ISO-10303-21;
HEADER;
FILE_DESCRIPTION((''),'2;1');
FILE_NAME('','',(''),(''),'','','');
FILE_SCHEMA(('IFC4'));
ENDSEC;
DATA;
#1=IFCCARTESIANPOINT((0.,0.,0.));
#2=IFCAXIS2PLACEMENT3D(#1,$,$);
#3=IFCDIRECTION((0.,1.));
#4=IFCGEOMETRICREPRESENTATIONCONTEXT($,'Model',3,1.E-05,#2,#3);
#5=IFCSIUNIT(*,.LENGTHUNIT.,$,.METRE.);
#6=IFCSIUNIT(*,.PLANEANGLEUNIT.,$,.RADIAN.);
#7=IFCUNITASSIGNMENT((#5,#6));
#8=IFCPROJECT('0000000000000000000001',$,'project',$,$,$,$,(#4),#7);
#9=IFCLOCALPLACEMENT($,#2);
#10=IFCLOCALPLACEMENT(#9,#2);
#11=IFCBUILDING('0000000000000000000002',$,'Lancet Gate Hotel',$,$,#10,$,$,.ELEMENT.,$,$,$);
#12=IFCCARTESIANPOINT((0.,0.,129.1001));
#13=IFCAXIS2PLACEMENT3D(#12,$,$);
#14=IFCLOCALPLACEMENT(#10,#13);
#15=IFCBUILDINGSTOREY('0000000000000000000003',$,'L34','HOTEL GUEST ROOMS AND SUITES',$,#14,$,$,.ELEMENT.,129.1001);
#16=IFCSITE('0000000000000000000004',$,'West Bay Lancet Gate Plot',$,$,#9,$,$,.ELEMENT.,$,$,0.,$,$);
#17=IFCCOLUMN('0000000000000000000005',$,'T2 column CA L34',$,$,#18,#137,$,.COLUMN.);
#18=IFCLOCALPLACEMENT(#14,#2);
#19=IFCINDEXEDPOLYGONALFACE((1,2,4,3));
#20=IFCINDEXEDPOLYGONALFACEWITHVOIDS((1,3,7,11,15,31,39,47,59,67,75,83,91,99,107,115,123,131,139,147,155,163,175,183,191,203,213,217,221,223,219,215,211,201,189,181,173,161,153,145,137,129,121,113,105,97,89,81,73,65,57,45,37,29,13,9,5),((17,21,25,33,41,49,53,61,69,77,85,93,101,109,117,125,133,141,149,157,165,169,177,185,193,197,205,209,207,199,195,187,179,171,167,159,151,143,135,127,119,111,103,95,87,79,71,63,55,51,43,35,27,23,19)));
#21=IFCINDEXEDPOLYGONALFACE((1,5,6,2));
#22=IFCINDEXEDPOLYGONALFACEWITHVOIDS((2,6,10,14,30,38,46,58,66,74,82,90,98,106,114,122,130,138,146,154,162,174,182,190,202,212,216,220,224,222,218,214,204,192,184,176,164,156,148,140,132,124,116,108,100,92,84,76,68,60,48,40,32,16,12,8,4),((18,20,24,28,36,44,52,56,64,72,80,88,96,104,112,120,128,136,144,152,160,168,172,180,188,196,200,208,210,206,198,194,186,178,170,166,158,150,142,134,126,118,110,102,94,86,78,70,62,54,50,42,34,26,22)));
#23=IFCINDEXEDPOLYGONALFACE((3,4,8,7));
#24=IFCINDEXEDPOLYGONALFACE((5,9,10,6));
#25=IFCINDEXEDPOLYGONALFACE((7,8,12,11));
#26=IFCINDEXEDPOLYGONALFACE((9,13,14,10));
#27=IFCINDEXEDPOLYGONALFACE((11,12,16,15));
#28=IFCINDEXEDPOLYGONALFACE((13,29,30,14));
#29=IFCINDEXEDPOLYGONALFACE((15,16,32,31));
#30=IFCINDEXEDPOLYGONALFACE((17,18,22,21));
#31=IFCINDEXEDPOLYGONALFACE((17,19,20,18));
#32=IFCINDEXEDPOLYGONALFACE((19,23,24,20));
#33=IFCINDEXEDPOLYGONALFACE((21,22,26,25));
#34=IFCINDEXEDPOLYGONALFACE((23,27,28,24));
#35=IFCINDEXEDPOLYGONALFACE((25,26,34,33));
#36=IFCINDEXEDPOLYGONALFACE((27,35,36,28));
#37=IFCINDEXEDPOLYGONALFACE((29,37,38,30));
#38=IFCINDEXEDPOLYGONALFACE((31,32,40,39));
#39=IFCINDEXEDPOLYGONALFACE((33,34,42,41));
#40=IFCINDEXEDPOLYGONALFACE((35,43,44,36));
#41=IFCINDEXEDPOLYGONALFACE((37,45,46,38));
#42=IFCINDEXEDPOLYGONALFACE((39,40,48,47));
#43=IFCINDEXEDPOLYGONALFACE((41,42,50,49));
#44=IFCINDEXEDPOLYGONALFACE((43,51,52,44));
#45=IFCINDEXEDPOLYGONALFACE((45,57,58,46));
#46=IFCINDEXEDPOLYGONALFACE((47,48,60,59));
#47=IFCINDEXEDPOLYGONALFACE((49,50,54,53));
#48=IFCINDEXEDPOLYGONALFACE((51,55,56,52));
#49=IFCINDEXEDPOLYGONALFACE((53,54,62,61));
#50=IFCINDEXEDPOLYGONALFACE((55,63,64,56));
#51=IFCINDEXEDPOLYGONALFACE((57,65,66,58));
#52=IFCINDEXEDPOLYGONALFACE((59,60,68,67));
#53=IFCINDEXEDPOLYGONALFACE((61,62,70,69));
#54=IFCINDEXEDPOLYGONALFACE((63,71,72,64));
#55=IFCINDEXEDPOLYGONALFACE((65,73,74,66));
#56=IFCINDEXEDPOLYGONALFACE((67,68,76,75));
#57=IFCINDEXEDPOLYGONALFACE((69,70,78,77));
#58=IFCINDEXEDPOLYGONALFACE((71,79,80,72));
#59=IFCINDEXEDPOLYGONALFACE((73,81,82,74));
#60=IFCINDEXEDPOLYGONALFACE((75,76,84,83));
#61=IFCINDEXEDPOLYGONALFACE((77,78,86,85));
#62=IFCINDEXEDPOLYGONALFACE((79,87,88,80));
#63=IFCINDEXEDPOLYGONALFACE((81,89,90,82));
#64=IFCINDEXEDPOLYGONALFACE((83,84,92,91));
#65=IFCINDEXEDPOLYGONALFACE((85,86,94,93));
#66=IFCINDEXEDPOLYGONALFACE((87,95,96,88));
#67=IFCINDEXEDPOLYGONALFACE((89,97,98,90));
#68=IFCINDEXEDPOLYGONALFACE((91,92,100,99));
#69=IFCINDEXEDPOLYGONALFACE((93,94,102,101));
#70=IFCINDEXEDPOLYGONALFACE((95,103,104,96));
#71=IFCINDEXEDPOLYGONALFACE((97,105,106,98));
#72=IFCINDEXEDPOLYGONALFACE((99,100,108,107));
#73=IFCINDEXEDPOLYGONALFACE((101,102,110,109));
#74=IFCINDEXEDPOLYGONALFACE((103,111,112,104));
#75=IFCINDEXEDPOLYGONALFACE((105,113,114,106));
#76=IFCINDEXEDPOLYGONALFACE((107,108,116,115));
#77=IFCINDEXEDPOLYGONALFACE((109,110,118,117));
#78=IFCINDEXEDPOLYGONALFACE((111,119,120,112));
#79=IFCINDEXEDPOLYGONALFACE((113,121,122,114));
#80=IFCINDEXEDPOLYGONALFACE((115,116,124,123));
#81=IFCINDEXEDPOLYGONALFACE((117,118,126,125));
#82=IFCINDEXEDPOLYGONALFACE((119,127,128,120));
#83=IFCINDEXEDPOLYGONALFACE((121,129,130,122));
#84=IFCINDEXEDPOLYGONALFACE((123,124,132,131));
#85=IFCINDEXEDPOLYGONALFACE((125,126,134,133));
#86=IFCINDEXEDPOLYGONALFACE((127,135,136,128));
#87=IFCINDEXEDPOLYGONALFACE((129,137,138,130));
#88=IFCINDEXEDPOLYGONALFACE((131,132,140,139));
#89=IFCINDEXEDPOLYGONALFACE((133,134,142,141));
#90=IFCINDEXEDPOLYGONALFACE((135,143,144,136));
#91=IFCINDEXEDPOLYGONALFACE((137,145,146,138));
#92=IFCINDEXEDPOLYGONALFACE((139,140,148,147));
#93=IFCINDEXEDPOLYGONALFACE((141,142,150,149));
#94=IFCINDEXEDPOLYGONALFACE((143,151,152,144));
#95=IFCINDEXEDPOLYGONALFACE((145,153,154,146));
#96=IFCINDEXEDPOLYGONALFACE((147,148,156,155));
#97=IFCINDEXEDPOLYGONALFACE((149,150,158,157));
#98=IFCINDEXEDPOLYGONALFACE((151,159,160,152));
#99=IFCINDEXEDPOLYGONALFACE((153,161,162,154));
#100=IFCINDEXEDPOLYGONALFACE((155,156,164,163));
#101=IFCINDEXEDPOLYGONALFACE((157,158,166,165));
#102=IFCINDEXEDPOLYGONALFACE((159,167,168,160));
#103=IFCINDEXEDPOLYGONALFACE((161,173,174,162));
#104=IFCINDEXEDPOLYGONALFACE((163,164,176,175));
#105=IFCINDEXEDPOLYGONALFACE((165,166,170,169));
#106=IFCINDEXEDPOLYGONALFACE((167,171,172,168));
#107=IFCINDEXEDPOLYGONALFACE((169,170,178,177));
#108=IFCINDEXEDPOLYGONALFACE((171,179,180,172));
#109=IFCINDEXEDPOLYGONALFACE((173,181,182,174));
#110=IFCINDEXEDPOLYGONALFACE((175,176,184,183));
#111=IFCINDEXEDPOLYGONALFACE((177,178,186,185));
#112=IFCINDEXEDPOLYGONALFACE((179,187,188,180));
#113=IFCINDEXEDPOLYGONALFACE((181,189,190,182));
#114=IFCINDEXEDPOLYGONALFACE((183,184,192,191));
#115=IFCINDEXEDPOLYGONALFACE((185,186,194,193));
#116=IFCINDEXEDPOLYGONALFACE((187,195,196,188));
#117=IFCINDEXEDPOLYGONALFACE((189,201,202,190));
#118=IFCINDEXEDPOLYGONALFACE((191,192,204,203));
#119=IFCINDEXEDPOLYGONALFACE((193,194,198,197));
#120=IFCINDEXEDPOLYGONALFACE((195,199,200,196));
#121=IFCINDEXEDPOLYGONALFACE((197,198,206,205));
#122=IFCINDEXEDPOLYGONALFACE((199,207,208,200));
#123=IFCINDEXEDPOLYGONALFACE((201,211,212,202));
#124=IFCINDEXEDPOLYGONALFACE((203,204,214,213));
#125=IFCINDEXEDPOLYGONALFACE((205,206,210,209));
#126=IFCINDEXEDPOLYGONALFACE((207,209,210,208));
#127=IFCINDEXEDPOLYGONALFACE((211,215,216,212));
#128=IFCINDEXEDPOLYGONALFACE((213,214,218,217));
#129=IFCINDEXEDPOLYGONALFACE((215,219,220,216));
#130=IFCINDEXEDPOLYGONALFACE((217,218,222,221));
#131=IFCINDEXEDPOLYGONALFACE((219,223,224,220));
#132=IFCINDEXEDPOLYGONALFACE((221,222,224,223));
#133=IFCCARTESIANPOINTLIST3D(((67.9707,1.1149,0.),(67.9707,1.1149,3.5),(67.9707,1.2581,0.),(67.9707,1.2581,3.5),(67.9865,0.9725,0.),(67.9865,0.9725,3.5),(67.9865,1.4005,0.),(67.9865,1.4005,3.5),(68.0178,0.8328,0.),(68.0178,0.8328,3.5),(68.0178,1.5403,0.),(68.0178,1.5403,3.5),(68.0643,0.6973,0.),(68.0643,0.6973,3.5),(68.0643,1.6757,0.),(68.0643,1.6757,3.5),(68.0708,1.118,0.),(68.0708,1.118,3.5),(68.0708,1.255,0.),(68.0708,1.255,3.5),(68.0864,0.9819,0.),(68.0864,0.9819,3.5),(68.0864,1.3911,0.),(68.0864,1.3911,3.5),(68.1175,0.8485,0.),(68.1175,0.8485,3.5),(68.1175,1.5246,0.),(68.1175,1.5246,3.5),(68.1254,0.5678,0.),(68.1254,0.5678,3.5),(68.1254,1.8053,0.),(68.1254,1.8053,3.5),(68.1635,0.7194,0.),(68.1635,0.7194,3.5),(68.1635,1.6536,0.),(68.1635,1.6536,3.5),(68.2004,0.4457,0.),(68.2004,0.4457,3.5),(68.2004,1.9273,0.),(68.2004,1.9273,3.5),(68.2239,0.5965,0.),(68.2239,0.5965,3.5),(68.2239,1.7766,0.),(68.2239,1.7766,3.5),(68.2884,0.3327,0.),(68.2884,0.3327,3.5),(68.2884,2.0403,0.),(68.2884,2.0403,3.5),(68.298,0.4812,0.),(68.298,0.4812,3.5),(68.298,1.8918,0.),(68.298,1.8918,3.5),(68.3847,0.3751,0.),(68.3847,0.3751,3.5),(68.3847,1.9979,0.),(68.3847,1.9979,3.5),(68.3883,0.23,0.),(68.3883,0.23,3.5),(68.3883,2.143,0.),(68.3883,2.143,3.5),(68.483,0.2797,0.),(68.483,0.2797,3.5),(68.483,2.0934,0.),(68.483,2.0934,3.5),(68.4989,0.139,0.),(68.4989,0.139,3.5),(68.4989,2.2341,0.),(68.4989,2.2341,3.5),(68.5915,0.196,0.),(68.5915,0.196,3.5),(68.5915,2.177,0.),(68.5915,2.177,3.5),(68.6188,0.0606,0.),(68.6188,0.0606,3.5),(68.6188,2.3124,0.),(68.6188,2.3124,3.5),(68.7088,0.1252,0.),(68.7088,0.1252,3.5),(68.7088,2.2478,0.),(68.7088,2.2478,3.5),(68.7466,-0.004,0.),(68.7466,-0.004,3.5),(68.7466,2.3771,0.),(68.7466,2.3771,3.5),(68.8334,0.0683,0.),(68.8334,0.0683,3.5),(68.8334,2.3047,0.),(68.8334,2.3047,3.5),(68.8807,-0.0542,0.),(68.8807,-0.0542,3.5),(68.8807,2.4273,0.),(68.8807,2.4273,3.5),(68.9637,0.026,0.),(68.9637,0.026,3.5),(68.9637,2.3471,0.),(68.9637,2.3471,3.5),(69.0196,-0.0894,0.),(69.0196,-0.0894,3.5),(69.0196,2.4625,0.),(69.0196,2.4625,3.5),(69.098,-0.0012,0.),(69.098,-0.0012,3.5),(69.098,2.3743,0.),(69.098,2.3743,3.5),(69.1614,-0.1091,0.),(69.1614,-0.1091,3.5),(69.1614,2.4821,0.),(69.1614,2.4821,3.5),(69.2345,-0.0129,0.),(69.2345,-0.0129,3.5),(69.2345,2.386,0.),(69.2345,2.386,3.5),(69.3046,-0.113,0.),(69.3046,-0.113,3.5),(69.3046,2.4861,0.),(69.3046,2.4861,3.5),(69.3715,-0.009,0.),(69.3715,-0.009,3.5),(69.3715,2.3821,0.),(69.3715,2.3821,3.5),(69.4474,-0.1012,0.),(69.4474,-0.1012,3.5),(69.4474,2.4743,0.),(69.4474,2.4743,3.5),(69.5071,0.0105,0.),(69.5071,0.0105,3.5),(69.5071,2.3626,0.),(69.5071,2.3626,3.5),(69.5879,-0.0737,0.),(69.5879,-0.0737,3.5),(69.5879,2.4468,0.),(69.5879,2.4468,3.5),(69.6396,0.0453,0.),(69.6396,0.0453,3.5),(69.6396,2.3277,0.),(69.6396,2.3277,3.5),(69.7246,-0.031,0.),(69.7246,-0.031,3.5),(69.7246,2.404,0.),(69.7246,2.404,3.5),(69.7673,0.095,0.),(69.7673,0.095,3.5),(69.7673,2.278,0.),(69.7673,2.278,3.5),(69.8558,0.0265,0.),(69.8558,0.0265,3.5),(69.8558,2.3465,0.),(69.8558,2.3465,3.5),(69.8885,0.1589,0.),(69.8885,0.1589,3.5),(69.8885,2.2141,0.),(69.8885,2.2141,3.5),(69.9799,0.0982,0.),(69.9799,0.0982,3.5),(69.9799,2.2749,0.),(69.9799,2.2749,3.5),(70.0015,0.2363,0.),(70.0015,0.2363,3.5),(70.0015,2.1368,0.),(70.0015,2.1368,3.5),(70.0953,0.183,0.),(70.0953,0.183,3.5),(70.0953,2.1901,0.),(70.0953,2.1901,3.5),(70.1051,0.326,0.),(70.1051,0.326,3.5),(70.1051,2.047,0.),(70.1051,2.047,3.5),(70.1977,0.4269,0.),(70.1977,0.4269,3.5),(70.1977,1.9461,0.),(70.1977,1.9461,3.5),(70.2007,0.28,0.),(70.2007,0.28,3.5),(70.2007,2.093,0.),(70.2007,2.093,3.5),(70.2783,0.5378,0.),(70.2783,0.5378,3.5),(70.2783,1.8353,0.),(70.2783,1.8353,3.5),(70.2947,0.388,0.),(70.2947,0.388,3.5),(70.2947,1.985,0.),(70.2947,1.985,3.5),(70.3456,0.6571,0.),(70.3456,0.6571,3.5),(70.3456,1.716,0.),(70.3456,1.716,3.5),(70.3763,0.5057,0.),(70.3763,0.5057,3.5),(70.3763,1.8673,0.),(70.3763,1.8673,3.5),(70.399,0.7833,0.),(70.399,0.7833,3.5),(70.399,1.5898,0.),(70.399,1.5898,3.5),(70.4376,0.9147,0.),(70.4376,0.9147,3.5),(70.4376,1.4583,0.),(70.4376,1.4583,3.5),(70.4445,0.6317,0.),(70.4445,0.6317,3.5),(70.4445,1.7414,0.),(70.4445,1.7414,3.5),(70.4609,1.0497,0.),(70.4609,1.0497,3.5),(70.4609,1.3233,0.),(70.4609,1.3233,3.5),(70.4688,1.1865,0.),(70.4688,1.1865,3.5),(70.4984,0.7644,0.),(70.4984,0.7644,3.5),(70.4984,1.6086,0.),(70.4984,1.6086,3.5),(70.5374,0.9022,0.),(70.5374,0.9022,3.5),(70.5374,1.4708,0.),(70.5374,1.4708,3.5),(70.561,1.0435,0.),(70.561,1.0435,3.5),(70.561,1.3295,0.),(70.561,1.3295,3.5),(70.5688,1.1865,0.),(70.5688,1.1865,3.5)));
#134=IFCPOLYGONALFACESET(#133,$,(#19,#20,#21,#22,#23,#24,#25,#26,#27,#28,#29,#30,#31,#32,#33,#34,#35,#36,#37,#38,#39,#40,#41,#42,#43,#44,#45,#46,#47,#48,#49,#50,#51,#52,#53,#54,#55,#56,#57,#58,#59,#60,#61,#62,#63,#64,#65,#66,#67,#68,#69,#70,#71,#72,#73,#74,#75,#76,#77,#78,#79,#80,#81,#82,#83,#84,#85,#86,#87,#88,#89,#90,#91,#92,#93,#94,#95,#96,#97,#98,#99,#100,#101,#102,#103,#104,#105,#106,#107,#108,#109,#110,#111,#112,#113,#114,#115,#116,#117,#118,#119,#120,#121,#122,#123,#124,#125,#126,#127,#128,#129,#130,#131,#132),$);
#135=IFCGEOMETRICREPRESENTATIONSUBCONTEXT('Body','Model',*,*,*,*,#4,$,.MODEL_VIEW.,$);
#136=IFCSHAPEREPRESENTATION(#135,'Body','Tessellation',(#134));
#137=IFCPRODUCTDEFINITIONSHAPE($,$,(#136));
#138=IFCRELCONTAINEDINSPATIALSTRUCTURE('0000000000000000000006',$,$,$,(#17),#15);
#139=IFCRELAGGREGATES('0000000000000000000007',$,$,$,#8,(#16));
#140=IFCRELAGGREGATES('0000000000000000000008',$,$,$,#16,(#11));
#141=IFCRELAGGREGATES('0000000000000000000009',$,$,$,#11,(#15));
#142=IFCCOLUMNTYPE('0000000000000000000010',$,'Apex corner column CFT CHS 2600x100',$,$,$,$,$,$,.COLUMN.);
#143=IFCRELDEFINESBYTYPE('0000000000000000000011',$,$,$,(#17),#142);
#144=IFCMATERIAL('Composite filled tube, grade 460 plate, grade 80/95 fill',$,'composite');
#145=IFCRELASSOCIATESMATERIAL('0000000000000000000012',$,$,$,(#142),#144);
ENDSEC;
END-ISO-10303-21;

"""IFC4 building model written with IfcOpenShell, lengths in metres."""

from ifc_helpers import new_model, si_unit, direction, frame, origin, origin_2d, place, context, subcontext, project, spatial, hollow_circle, extrude, material, material_profile, profile_set, type_object, element, save


model = new_model("IFC4")

# Units and contexts
model_context = context("Model", 3, precision=1e-05, world=origin(), true_north=direction((0.0, 1.0)))
body_context = subcontext(model_context, "Body", "Model", "MODEL_VIEW")
ifc_project = project(units=[si_unit("LENGTHUNIT", "METRE"), si_unit("PLANEANGLEUNIT", "RADIAN")], contexts=[model_context])

# Site, building, storey
site_placement = place(None, origin())
site = spatial("IfcSite", under=ifc_project, at=site_placement, Name="West Bay Lancet Gate Plot", CompositionType="ELEMENT", RefElevation=0.0)
building_placement = place(site_placement, origin())
building = spatial("IfcBuilding", under=site, at=building_placement, Name="Lancet Gate Hotel", CompositionType="ELEMENT")
storey_placement = place(building_placement, frame((0.0, 0.0, 129.1001)))
storey = spatial("IfcBuildingStorey", under=building, at=storey_placement, Name="L34", Description="HOTEL GUEST ROOMS AND SUITES", CompositionType="ELEMENT", Elevation=129.1001)

# Column
ifc_material_1 = material(Name="Composite filled tube, grade 460 plate, grade 80/95 fill", Category="composite")
ifc_material_profile_1 = material_profile(ifc_material_1, hollow_circle(Radius=1.3, WallThickness=0.1001, at=origin_2d()), Name="CHS 2600x100")
ifc_profile_set_1 = profile_set([ifc_material_profile_1], Name="Composite filled tube, grade 460 plate, grade 80/95 fill")
column_type_1 = type_object("IfcColumnType", Name="Apex corner column CFT CHS 2600x100", PredefinedType="COLUMN", material=ifc_profile_set_1)
column_1_placement = place(storey_placement, frame((69.2688, 1.1865, 0.0), z_axis=(0.0, 0.0, 1.0), x_axis=(1.0, 0.0, 0.0)))
element("IfcColumn", 1, at=column_1_placement, inside=storey, type_object=column_type_1, Name="T2 column CA L34", PredefinedType="COLUMN", context=body_context, shape_type="SweptSolid", body=[
    extrude(hollow_circle(Radius=1.3, WallThickness=0.1001, at=origin_2d()), origin(), (0.0, 0.0, 1.0), 3.5),
])

save(model, "model.ifc")
